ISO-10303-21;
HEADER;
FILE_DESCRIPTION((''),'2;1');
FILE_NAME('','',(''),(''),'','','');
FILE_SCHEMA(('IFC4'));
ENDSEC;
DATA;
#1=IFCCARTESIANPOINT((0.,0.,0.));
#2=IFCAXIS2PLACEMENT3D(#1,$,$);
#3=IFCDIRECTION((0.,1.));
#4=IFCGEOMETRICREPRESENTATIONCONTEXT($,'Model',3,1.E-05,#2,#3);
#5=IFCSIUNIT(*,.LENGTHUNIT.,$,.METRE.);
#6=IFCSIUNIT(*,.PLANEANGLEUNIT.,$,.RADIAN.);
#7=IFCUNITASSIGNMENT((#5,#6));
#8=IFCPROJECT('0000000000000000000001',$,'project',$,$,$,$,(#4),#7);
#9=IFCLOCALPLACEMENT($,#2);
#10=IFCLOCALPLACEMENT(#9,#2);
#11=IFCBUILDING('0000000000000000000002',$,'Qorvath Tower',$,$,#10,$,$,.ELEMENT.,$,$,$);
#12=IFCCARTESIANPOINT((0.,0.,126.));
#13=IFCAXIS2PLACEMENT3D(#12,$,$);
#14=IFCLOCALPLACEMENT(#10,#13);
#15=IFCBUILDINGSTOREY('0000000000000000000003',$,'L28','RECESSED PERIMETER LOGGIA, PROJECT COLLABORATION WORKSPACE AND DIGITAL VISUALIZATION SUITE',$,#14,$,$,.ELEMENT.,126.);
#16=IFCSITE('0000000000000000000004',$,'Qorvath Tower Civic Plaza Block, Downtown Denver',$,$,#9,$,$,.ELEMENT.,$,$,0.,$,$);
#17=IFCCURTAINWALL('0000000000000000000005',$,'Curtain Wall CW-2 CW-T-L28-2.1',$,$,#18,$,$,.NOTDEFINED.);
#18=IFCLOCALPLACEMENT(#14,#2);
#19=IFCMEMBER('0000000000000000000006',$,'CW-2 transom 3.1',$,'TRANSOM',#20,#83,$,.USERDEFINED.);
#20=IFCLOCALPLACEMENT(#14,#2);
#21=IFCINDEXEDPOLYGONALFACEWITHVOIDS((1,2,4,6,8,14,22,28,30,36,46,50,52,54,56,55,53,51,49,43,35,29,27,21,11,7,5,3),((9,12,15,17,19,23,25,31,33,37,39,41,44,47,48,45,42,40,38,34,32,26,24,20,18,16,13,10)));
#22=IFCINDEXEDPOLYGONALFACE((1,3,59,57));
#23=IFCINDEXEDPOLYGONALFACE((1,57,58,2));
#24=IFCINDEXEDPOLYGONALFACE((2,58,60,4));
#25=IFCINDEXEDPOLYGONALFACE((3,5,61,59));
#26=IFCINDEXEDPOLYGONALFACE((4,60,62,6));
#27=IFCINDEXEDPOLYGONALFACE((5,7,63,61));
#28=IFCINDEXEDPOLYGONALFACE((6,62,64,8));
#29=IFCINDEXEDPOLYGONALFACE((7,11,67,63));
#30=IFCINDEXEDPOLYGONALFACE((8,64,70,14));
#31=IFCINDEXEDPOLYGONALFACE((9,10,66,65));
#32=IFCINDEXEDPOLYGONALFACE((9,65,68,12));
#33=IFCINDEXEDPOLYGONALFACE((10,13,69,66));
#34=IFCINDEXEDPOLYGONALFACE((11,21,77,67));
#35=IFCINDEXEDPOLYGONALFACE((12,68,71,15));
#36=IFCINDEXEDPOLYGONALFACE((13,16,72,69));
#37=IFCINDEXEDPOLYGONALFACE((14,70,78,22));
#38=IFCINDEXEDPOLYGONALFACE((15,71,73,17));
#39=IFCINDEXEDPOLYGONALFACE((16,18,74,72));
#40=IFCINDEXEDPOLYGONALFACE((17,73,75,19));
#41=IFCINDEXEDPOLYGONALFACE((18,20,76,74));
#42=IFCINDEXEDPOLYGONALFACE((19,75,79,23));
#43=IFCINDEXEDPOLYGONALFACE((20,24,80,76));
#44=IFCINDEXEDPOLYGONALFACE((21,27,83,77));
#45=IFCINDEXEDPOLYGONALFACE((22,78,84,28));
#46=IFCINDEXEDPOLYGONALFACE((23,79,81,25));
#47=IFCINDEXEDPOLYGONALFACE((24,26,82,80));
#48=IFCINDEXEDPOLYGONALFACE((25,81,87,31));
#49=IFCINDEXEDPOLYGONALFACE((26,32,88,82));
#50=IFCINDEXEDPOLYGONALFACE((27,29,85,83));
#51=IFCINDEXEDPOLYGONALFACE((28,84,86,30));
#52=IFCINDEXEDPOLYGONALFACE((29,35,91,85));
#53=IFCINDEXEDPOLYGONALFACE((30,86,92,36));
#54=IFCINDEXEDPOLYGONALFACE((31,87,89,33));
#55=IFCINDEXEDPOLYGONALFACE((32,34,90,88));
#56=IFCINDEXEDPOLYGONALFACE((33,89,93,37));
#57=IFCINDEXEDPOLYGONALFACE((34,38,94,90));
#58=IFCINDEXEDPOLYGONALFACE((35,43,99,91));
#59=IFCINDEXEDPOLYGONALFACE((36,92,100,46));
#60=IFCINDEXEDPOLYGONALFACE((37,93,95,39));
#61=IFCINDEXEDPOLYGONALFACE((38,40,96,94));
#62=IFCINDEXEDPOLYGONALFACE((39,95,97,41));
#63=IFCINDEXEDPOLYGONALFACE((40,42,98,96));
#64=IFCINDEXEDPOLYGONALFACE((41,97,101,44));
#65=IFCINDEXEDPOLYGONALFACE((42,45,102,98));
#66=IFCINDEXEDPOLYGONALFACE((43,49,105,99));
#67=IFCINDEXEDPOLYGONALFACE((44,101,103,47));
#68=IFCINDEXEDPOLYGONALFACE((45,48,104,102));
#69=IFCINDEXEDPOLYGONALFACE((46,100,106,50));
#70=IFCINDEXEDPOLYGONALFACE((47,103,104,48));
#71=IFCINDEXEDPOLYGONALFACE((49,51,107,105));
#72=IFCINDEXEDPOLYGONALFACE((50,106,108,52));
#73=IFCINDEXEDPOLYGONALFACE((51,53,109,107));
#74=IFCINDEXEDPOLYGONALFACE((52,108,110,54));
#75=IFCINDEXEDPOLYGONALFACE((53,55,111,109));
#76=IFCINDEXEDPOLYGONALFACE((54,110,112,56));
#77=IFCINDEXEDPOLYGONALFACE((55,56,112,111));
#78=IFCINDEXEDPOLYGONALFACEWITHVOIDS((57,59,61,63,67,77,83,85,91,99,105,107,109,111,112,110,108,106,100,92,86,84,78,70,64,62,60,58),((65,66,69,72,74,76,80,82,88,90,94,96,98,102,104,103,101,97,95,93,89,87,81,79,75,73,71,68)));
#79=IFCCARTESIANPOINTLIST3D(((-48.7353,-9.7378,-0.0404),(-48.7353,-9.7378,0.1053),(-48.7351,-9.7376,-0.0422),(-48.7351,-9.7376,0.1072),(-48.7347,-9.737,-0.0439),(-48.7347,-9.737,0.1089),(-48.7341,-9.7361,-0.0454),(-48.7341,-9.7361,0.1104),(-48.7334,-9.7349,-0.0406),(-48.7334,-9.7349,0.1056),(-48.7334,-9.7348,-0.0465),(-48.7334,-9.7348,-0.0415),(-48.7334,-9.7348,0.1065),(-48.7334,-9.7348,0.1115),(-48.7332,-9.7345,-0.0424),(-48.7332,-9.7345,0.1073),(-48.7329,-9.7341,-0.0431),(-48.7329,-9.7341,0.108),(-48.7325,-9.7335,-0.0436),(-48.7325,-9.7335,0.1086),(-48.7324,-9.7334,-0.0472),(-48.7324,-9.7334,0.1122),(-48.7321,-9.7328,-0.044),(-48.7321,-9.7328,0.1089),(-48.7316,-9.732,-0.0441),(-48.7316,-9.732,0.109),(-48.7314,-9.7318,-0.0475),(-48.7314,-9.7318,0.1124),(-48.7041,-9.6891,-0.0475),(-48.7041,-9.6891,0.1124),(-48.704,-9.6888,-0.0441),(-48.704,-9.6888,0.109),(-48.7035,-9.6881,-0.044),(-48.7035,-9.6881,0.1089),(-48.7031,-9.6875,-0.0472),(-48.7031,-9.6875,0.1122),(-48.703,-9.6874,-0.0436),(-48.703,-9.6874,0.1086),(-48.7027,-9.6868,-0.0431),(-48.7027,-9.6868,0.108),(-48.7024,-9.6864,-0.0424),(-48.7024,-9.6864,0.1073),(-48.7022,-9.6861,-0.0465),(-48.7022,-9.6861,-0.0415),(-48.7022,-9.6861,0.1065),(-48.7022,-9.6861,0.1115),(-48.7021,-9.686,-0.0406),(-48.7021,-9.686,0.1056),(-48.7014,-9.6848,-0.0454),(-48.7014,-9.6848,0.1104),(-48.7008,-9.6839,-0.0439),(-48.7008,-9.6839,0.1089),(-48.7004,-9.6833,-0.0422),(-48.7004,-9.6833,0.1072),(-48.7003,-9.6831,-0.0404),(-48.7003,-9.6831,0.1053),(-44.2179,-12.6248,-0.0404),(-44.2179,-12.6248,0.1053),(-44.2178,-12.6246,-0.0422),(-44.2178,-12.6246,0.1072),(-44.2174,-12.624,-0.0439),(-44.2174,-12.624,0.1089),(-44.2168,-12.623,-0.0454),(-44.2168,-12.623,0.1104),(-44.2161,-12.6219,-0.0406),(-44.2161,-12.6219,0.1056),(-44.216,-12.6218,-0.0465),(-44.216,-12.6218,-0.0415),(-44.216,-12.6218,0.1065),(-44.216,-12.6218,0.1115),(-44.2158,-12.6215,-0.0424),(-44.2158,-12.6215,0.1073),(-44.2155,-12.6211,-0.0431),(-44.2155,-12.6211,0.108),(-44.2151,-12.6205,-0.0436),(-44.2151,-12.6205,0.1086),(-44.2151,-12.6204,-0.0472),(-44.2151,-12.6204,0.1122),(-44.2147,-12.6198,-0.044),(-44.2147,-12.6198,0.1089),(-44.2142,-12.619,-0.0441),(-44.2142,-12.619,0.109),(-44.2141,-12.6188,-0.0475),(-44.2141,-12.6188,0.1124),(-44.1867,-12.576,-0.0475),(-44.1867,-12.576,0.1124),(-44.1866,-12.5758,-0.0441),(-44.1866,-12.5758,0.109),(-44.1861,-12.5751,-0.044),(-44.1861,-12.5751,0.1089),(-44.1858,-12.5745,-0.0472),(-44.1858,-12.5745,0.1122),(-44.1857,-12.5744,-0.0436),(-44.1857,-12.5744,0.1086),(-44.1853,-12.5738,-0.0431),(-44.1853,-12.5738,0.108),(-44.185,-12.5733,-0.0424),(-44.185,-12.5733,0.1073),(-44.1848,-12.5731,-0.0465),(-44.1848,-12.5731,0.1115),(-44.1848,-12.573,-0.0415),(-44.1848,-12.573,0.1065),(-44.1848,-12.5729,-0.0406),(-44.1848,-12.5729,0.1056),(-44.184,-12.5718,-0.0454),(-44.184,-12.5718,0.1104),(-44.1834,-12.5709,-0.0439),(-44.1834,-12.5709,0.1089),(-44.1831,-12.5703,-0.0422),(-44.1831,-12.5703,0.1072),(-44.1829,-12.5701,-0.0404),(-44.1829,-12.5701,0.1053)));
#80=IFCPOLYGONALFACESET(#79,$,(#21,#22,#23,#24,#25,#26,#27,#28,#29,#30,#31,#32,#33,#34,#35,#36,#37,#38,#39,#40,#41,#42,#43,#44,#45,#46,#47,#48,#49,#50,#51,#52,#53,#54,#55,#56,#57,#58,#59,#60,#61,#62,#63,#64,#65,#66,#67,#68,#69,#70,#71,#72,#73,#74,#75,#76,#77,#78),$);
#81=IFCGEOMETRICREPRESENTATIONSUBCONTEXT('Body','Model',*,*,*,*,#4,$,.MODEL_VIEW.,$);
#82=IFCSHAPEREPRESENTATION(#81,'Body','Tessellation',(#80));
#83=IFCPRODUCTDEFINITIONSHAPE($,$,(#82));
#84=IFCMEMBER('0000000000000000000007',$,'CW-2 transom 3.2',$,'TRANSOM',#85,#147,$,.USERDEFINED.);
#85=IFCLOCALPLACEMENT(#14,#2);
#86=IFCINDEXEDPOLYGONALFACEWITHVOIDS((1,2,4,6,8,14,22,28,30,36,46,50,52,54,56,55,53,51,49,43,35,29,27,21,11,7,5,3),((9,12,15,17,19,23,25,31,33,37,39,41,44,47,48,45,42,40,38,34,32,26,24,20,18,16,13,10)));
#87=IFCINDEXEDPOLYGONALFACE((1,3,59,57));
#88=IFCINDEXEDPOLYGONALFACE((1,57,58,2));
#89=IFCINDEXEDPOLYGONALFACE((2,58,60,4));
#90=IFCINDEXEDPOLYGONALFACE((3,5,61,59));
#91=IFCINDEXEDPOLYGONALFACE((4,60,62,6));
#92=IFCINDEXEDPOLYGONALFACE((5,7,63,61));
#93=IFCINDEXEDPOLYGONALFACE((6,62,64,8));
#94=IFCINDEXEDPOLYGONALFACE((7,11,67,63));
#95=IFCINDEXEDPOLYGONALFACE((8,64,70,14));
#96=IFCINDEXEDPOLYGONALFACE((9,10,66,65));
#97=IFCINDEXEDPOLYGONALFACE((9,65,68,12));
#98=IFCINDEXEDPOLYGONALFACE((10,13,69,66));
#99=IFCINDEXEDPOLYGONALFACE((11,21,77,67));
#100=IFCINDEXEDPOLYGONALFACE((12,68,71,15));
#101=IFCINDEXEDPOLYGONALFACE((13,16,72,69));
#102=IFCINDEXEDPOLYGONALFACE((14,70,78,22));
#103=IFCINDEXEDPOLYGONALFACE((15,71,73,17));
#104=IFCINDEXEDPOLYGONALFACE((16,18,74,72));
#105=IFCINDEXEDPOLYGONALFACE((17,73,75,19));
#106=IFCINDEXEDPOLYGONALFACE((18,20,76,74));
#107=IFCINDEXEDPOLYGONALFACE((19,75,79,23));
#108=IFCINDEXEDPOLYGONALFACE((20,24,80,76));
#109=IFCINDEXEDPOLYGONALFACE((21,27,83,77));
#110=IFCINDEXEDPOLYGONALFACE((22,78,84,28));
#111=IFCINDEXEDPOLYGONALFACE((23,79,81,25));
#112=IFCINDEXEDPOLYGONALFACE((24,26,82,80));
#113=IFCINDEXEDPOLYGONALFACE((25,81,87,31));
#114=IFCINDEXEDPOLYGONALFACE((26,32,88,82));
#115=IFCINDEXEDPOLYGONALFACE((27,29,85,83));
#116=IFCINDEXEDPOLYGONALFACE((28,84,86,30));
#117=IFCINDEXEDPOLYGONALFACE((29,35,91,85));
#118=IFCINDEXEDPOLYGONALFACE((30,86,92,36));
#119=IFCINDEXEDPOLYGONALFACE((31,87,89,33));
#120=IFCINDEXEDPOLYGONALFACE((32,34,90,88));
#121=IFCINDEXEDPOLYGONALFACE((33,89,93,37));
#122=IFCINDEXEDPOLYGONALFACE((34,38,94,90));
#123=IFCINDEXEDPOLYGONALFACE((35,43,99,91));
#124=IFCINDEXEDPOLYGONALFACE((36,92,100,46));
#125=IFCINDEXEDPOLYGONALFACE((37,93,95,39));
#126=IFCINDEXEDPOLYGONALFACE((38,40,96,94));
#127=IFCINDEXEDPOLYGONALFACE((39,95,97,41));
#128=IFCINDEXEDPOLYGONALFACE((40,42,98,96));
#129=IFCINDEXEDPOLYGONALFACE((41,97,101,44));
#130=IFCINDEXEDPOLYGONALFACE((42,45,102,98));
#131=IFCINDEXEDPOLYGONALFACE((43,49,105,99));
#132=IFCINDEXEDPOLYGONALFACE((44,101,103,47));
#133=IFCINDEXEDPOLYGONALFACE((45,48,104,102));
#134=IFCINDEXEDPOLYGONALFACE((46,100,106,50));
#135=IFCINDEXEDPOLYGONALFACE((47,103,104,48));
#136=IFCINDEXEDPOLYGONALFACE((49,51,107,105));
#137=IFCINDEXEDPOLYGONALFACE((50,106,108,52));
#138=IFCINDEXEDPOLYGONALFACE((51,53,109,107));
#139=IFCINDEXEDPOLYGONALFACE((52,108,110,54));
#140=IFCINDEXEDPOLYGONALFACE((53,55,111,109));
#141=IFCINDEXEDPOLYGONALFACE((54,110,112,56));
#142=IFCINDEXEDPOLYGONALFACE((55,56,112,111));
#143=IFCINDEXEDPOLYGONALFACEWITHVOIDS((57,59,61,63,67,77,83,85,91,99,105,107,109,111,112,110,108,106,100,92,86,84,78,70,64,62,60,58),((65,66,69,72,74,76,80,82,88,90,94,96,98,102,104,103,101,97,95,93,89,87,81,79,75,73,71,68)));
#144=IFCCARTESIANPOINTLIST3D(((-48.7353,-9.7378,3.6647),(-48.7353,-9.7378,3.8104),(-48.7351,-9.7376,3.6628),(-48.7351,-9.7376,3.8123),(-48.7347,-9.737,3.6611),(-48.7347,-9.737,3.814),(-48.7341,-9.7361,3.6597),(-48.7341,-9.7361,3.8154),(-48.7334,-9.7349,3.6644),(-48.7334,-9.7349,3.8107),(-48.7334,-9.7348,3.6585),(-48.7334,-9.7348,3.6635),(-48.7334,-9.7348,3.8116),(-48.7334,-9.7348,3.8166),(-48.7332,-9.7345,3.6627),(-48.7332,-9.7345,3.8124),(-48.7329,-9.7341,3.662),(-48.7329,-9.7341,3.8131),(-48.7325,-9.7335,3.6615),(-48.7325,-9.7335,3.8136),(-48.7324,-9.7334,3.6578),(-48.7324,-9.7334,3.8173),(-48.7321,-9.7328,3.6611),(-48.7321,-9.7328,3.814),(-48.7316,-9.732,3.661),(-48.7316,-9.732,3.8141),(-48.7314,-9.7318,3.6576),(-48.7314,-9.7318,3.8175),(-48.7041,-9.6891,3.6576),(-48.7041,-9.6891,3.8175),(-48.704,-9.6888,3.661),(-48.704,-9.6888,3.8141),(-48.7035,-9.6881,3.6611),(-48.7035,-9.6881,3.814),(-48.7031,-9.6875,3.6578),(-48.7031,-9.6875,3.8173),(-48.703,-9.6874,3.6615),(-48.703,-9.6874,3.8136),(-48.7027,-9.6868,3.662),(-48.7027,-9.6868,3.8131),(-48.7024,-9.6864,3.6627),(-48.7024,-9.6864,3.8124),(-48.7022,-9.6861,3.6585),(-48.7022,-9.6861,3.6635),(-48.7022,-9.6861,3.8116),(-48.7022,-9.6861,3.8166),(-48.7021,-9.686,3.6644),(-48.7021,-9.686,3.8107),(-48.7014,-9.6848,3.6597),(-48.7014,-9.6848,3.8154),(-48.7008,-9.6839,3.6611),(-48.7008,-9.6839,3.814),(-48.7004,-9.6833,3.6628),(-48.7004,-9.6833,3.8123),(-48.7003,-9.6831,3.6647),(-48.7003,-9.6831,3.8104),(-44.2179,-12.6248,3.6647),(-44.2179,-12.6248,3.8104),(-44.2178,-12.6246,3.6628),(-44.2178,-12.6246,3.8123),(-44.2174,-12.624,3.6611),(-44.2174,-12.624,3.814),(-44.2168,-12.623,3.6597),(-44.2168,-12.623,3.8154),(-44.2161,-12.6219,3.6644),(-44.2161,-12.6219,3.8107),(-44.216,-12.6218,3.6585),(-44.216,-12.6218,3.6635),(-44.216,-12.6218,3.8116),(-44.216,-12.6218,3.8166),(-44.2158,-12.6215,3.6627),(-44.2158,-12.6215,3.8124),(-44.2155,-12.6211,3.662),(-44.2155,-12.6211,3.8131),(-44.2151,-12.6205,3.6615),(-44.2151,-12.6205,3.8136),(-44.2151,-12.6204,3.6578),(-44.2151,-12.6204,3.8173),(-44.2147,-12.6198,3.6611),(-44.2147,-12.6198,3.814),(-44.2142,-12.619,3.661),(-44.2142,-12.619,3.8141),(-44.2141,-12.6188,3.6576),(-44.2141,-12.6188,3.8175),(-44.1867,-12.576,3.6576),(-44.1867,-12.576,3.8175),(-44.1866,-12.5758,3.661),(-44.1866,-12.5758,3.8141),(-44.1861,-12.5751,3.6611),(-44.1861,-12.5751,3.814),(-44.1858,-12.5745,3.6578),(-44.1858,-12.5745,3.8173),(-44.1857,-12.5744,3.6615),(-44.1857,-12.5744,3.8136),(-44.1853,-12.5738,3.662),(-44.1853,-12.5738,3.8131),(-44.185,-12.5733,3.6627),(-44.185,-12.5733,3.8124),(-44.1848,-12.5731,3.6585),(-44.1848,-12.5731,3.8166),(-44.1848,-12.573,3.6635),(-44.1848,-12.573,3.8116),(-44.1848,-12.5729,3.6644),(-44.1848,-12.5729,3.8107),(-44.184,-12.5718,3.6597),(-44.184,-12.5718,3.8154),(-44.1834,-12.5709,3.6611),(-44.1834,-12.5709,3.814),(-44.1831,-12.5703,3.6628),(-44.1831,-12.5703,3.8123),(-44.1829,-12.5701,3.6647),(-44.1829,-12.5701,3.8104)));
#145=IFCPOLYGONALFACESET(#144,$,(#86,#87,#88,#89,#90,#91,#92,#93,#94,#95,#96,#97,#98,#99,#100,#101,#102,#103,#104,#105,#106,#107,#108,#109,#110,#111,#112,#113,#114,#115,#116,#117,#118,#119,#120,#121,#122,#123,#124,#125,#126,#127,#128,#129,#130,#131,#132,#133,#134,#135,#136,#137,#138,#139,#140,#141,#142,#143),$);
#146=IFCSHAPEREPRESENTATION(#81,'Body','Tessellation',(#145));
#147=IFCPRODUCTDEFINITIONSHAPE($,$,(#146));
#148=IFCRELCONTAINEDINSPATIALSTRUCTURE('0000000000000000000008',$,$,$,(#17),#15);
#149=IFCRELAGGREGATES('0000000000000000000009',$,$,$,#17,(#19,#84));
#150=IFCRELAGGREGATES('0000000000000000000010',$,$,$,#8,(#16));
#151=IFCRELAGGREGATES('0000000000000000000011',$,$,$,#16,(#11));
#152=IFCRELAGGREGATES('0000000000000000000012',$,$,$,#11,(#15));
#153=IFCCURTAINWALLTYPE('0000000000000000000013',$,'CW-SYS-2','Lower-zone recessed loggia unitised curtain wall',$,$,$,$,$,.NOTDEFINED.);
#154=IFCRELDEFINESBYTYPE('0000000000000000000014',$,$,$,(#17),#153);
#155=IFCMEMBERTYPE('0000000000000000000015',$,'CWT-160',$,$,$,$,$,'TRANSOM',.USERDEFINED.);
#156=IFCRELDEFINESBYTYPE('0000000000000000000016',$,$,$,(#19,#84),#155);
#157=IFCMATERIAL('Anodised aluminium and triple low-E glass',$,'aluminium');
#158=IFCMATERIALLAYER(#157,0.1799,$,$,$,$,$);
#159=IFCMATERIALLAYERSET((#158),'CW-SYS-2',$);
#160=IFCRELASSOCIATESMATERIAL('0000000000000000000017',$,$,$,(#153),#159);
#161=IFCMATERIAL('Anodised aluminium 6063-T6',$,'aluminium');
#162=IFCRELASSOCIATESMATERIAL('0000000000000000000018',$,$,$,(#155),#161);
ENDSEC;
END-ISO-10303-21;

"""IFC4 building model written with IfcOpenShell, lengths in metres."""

from ifc_helpers import new_model, si_unit, direction, frame, origin, origin_2d, place, context, subcontext, project, spatial, hollow_rectangle, extrude, material, layer, layer_set, material_profile, profile_set, type_object, element, aggregate, save


model = new_model("IFC4")

# Units and contexts
model_context = context("Model", 3, precision=1e-05, world=origin(), true_north=direction((0.0, 1.0)))
body_context = subcontext(model_context, "Body", "Model", "MODEL_VIEW")
ifc_project = project(units=[si_unit("LENGTHUNIT", "METRE"), si_unit("PLANEANGLEUNIT", "RADIAN")], contexts=[model_context])

# Site, building, storey
site_placement = place(None, origin())
site = spatial("IfcSite", under=ifc_project, at=site_placement, Name="Qorvath Tower Civic Plaza Block, Downtown Denver", CompositionType="ELEMENT", RefElevation=0.0)
building_placement = place(site_placement, origin())
building = spatial("IfcBuilding", under=site, at=building_placement, Name="Qorvath Tower", CompositionType="ELEMENT")
storey_placement = place(building_placement, frame((0.0, 0.0, 126.0)))
storey = spatial("IfcBuildingStorey", under=building, at=storey_placement, Name="L28", Description="RECESSED PERIMETER LOGGIA, PROJECT COLLABORATION WORKSPACE AND DIGITAL VISUALIZATION SUITE", CompositionType="ELEMENT", Elevation=126.0)

# Curtain wall, members
ifc_material_1 = material(Name="Anodised aluminium and triple low-E glass", Category="aluminium")
ifc_layer_1 = layer(ifc_material_1, 0.1799)
ifc_layer_set_1 = layer_set([ifc_layer_1], Name="CW-SYS-2")
curtain_wall_type = type_object("IfcCurtainWallType", Name="CW-SYS-2", Description="Lower-zone recessed loggia unitised curtain wall", PredefinedType="NOTDEFINED", material=ifc_layer_set_1)
curtain_wall_placement = place(storey_placement, origin())
curtain_wall = element("IfcCurtainWall", 1, at=curtain_wall_placement, inside=storey, type_object=curtain_wall_type, Name="Curtain Wall CW-2 CW-T-L28-2.1", PredefinedType="NOTDEFINED")
ifc_material_2 = material(Name="Anodised aluminium 6063-T6", Category="aluminium")
ifc_material_profile_1 = material_profile(ifc_material_2, hollow_rectangle(XDim=0.0649, YDim=0.1599, WallThickness=0.0034, InnerFilletRadius=0.0034, OuterFilletRadius=0.0071, at=origin_2d()), Name="CWT 160x65")
ifc_profile_set_1 = profile_set([ifc_material_profile_1], Name="Anodised aluminium 6063-T6")
member_type_1 = type_object("IfcMemberType", Name="CWT-160", ElementType="TRANSOM", PredefinedType="USERDEFINED", material=ifc_profile_set_1)
member_1_placement = place(storey_placement, frame((-48.7178, -9.7104, 0.0325), z_axis=(0.842621, -0.538507, 0.0), x_axis=(0.538507, 0.842621, 0.0)))
member_1 = element("IfcMember", 2, at=member_1_placement, type_object=member_type_1, Name="CW-2 transom 3.1", ObjectType="TRANSOM", PredefinedType="USERDEFINED", context=body_context, shape_type="SweptSolid", body=[
    extrude(hollow_rectangle(XDim=0.0649, YDim=0.1599, WallThickness=0.0034, InnerFilletRadius=0.0034, OuterFilletRadius=0.0071, at=origin_2d()), origin(), (0.0, 0.0, 1.0), 5.3611),
])
member_2_placement = place(storey_placement, frame((-48.7178, -9.7104, 3.7375), z_axis=(0.842621, -0.538507, 0.0), x_axis=(0.538507, 0.842621, 0.0)))
member_2 = element("IfcMember", 3, at=member_2_placement, type_object=member_type_1, Name="CW-2 transom 3.2", ObjectType="TRANSOM", PredefinedType="USERDEFINED", context=body_context, shape_type="SweptSolid", body=[
    extrude(hollow_rectangle(XDim=0.0649, YDim=0.1599, WallThickness=0.0034, InnerFilletRadius=0.0034, OuterFilletRadius=0.0071, at=origin_2d()), origin(), (0.0, 0.0, 1.0), 5.3611),
])

aggregate(curtain_wall, [member_1, member_2])

save(model, "model.ifc")
